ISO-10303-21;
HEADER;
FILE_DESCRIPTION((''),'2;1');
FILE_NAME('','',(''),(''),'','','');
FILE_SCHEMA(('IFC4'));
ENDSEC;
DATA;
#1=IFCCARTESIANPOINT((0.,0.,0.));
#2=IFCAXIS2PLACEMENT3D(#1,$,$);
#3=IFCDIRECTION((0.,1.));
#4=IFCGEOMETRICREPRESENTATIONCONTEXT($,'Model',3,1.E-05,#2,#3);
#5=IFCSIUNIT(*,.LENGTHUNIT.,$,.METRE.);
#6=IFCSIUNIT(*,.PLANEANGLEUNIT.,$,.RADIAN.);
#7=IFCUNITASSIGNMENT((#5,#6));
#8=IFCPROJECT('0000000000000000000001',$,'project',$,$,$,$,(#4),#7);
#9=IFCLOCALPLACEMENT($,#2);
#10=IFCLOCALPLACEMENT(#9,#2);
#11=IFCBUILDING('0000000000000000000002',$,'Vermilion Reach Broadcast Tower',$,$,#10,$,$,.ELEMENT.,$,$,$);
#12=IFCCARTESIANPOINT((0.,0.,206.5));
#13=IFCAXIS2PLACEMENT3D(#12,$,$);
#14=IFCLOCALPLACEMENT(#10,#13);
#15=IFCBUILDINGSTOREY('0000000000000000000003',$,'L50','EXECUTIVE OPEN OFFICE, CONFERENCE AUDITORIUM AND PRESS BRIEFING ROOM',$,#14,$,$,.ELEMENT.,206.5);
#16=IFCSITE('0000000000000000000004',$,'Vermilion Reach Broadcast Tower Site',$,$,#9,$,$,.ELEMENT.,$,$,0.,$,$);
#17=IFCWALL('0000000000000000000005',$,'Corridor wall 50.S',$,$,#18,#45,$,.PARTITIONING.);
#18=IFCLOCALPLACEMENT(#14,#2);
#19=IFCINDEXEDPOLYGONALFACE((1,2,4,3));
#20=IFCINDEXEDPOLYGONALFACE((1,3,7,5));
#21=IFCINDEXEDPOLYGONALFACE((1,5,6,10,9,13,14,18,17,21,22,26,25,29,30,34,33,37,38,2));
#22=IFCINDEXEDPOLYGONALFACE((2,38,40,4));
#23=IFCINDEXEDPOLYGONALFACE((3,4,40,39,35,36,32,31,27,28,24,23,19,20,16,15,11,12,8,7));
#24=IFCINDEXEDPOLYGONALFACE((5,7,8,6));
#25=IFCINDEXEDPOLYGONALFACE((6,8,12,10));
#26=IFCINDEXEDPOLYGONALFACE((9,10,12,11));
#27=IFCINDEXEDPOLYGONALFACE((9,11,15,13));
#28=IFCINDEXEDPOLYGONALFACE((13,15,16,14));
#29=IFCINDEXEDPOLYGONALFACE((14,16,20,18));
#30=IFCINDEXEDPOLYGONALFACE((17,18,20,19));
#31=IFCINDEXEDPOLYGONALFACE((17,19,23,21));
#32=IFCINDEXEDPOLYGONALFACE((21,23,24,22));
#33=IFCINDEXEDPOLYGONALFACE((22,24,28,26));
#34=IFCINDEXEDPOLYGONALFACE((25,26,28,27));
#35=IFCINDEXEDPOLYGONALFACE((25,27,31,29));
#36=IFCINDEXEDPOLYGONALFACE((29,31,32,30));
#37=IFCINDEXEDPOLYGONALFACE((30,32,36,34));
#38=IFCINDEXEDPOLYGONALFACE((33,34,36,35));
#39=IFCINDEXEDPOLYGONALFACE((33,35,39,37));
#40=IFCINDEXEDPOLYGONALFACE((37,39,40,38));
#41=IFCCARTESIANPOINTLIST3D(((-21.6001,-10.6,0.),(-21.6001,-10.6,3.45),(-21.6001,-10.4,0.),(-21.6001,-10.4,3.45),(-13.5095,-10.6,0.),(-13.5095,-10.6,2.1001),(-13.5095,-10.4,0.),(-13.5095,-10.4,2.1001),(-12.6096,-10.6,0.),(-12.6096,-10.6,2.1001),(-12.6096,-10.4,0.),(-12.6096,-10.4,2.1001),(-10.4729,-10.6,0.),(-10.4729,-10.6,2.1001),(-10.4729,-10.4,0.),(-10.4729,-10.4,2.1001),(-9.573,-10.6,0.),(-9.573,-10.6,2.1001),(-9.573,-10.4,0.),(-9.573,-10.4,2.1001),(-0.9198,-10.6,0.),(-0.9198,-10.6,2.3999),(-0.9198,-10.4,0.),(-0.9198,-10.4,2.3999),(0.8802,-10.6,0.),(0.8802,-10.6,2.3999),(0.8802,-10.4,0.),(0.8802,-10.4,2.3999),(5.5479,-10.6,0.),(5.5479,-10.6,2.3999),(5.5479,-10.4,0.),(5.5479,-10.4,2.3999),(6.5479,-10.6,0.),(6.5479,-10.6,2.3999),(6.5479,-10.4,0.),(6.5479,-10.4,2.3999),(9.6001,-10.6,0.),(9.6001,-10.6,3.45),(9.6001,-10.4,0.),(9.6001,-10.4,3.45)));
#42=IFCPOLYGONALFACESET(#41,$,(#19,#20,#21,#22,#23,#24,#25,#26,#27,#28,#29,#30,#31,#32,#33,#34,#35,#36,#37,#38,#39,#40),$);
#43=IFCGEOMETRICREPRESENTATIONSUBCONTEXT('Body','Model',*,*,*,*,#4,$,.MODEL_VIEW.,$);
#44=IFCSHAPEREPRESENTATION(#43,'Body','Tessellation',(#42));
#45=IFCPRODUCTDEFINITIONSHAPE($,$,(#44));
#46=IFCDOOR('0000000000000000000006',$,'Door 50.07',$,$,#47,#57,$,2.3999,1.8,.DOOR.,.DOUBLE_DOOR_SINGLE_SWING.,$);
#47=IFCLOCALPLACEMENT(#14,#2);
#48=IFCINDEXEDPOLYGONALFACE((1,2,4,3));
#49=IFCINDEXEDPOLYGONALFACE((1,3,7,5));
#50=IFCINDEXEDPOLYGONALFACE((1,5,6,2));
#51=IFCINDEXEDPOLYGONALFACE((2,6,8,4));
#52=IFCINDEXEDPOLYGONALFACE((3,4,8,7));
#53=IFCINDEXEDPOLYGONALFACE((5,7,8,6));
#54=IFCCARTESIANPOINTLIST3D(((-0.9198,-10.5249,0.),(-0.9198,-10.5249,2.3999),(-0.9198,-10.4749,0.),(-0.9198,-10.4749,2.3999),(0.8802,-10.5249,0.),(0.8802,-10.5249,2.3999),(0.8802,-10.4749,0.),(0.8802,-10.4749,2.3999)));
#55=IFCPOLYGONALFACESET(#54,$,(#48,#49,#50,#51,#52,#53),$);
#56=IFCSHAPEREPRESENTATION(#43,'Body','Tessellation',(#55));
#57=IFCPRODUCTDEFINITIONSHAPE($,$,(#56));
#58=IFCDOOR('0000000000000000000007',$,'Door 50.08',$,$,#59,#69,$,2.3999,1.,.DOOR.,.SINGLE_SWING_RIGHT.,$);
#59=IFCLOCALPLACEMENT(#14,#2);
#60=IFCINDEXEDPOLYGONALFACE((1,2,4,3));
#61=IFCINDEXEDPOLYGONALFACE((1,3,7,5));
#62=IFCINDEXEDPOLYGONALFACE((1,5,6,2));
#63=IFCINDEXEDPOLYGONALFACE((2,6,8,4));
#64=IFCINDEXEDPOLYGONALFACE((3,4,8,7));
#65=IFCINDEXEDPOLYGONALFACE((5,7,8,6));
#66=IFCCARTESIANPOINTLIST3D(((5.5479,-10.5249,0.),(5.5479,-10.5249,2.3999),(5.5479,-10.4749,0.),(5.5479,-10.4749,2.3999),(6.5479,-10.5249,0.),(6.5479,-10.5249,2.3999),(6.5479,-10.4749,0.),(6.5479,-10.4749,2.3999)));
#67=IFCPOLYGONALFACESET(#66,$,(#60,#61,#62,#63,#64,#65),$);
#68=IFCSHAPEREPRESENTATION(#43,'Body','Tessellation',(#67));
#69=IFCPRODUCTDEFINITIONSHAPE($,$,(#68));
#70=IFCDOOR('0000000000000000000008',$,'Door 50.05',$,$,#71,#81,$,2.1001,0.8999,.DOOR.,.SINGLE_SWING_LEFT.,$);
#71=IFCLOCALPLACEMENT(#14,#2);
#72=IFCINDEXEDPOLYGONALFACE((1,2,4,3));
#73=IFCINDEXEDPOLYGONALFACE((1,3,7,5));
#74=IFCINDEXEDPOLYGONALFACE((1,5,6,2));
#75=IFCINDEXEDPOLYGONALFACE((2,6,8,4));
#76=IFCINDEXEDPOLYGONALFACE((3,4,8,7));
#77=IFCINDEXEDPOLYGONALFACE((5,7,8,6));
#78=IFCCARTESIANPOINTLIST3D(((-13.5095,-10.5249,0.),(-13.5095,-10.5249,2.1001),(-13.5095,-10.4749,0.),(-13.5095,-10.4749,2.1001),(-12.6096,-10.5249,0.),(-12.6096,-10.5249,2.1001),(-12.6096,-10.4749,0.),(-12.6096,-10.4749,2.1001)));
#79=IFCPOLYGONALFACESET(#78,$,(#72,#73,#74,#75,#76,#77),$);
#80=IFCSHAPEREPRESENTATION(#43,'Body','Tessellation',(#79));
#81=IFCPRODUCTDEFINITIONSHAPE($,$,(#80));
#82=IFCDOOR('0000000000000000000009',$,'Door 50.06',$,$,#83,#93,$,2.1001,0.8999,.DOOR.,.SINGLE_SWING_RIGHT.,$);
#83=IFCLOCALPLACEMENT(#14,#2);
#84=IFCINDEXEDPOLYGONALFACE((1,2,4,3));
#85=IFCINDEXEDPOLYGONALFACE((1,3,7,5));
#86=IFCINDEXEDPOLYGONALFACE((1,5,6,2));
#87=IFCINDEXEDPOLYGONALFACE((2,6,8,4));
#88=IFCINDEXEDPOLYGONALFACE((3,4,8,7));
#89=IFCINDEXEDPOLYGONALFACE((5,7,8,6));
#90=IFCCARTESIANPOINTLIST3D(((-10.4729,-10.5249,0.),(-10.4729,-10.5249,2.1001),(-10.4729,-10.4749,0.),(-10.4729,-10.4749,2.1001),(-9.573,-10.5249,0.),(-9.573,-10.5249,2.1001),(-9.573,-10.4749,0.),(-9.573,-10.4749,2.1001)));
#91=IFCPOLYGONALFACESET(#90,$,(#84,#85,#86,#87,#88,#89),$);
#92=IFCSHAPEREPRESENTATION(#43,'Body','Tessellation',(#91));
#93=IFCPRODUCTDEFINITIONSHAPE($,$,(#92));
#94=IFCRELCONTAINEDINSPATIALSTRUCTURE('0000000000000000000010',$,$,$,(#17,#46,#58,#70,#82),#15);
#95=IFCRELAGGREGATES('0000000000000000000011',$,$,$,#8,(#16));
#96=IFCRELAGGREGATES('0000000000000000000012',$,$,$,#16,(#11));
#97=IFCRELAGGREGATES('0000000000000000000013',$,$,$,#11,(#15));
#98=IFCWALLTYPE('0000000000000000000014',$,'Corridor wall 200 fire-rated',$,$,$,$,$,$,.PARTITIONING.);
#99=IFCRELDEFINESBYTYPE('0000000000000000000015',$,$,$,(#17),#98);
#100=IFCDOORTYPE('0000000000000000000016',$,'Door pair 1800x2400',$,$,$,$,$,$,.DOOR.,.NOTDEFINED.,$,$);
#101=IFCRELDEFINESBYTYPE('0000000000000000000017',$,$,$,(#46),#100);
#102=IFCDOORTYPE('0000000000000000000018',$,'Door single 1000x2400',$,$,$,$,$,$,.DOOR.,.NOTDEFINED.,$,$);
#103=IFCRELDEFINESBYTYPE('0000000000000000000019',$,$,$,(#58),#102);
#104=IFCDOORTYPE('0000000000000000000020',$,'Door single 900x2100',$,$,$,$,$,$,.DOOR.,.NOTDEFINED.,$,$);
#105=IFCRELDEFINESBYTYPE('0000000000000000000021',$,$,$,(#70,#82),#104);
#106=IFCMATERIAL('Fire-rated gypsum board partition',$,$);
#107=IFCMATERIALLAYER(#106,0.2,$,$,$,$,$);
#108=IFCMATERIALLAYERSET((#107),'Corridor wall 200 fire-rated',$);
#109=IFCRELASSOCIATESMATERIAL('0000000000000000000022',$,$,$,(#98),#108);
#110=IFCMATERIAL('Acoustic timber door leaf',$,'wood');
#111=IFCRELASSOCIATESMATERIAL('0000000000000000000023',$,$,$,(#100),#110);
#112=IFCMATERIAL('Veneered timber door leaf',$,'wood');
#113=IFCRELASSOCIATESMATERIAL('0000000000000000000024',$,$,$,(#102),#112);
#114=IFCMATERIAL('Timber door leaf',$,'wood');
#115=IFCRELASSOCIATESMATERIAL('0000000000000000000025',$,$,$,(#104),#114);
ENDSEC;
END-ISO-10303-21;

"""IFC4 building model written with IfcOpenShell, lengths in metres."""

from ifc_helpers import new_model, si_unit, direction, frame, frame_2d, origin, place, context, subcontext, project, spatial, rectangle, extrude, material, layer, layer_set, type_object, element, fill, save


model = new_model("IFC4")

# Units and contexts
model_context = context("Model", 3, precision=1e-05, world=origin(), true_north=direction((0.0, 1.0)))
body_context = subcontext(model_context, "Body", "Model", "MODEL_VIEW")
ifc_project = project(units=[si_unit("LENGTHUNIT", "METRE"), si_unit("PLANEANGLEUNIT", "RADIAN")], contexts=[model_context])

# Site, building, storey
site_placement = place(None, origin())
site = spatial("IfcSite", under=ifc_project, at=site_placement, Name="Vermilion Reach Broadcast Tower Site", CompositionType="ELEMENT", RefElevation=0.0)
building_placement = place(site_placement, origin())
building = spatial("IfcBuilding", under=site, at=building_placement, Name="Vermilion Reach Broadcast Tower", CompositionType="ELEMENT")
storey_placement = place(building_placement, frame((0.0, 0.0, 206.5)))
storey = spatial("IfcBuildingStorey", under=building, at=storey_placement, Name="L50", Description="EXECUTIVE OPEN OFFICE, CONFERENCE AUDITORIUM AND PRESS BRIEFING ROOM", CompositionType="ELEMENT", Elevation=206.5)

# Wall, openings, doors
ifc_material_1 = material(Name="Fire-rated gypsum board partition")
ifc_layer_1 = layer(ifc_material_1, 0.2)
ifc_layer_set_1 = layer_set([ifc_layer_1], Name="Corridor wall 200 fire-rated")
wall_type_1 = type_object("IfcWallType", Name="Corridor wall 200 fire-rated", PredefinedType="PARTITIONING", material=ifc_layer_set_1)
wall_1_placement = place(storey_placement, frame((9.6001, -10.5, 0.0), z_axis=(0.0, 0.0, 1.0), x_axis=(-1.0, 0.0, 0.0)))
wall_1 = element("IfcWall", 1, at=wall_1_placement, inside=storey, type_object=wall_type_1, Name="Corridor wall 50.S", PredefinedType="PARTITIONING", context=body_context, shape_type="SweptSolid", body=[
    extrude(rectangle(XDim=31.2002, YDim=0.2, at=frame_2d((15.6001, 0.0))), origin(), (0.0, 0.0, 1.0), 3.45),
])
opening_1_placement = place(wall_1_placement, frame((22.2097, 0.0, 0.0)))
opening_1 = element("IfcOpeningElement", 2, at=opening_1_placement, cuts=wall_1, PredefinedType="OPENING", context=body_context, shape_type="SweptSolid", body=[
    extrude(rectangle(XDim=0.8999, YDim=2.1001, at=frame_2d((0.45, 1.05))), frame((0.0, 0.1099, 0.0), z_axis=(0.0, -1.0, 0.0), x_axis=(1.0, 0.0, 0.0)), (0.0, 0.0, 1.0), 0.22),
])
opening_2_placement = place(wall_1_placement, frame((19.1731, 0.0, 0.0)))
opening_2 = element("IfcOpeningElement", 3, at=opening_2_placement, cuts=wall_1, PredefinedType="OPENING", context=body_context, shape_type="SweptSolid", body=[
    extrude(rectangle(XDim=0.8999, YDim=2.1001, at=frame_2d((0.45, 1.05))), frame((0.0, 0.1099, 0.0), z_axis=(0.0, -1.0, 0.0), x_axis=(1.0, 0.0, 0.0)), (0.0, 0.0, 1.0), 0.22),
])
opening_3_placement = place(wall_1_placement, frame((8.72, 0.0, 0.0)))
opening_3 = element("IfcOpeningElement", 4, at=opening_3_placement, cuts=wall_1, PredefinedType="OPENING", context=body_context, shape_type="SweptSolid", body=[
    extrude(rectangle(XDim=1.8, YDim=2.3999, at=frame_2d((0.8999, 1.2))), frame((0.0, 0.1099, 0.0), z_axis=(0.0, -1.0, 0.0), x_axis=(1.0, 0.0, 0.0)), (0.0, 0.0, 1.0), 0.22),
])
opening_4_placement = place(wall_1_placement, frame((3.0522, 0.0, 0.0)))
opening_4 = element("IfcOpeningElement", 5, at=opening_4_placement, cuts=wall_1, PredefinedType="OPENING", context=body_context, shape_type="SweptSolid", body=[
    extrude(rectangle(XDim=1.0, YDim=2.3999, at=frame_2d((0.5, 1.2))), frame((0.0, 0.1099, 0.0), z_axis=(0.0, -1.0, 0.0), x_axis=(1.0, 0.0, 0.0)), (0.0, 0.0, 1.0), 0.22),
])
ifc_material_2 = material(Name="Acoustic timber door leaf", Category="wood")
door_type_1 = type_object("IfcDoorType", Name="Door pair 1800x2400", OperationType="NOTDEFINED", PredefinedType="DOOR", material=ifc_material_2)
door_1_placement = place(opening_3_placement, origin())
door_1 = element("IfcDoor", 6, at=door_1_placement, inside=storey, type_object=door_type_1, Name="Door 50.07", OperationType="DOUBLE_DOOR_SINGLE_SWING", OverallHeight=2.3999, OverallWidth=1.8, PredefinedType="DOOR", context=body_context, shape_type="SweptSolid", body=[
    extrude(rectangle(XDim=1.8, YDim=2.3999, at=frame_2d((0.8999, 1.2))), frame((0.0, 0.0249, 0.0), z_axis=(0.0, -1.0, 0.0), x_axis=(1.0, 0.0, 0.0)), (0.0, 0.0, 1.0), 0.05),
])
fill(opening_3, door_1)
ifc_material_3 = material(Name="Veneered timber door leaf", Category="wood")
door_type_2 = type_object("IfcDoorType", Name="Door single 1000x2400", OperationType="NOTDEFINED", PredefinedType="DOOR", material=ifc_material_3)
door_2_placement = place(opening_4_placement, origin())
door_2 = element("IfcDoor", 7, at=door_2_placement, inside=storey, type_object=door_type_2, Name="Door 50.08", OperationType="SINGLE_SWING_RIGHT", OverallHeight=2.3999, OverallWidth=1.0, PredefinedType="DOOR", context=body_context, shape_type="SweptSolid", body=[
    extrude(rectangle(XDim=1.0, YDim=2.3999, at=frame_2d((0.5, 1.2))), frame((0.0, 0.0249, 0.0), z_axis=(0.0, -1.0, 0.0), x_axis=(1.0, 0.0, 0.0)), (0.0, 0.0, 1.0), 0.05),
])
fill(opening_4, door_2)
ifc_material_4 = material(Name="Timber door leaf", Category="wood")
door_type_3 = type_object("IfcDoorType", Name="Door single 900x2100", OperationType="NOTDEFINED", PredefinedType="DOOR", material=ifc_material_4)
door_3_placement = place(opening_1_placement, origin())
door_3 = element("IfcDoor", 8, at=door_3_placement, inside=storey, type_object=door_type_3, Name="Door 50.05", OperationType="SINGLE_SWING_LEFT", OverallHeight=2.1001, OverallWidth=0.8999, PredefinedType="DOOR", context=body_context, shape_type="SweptSolid", body=[
    extrude(rectangle(XDim=0.8999, YDim=2.1001, at=frame_2d((0.45, 1.05))), frame((0.0, 0.0249, 0.0), z_axis=(0.0, -1.0, 0.0), x_axis=(1.0, 0.0, 0.0)), (0.0, 0.0, 1.0), 0.05),
])
fill(opening_1, door_3)
door_4_placement = place(opening_2_placement, origin())
door_4 = element("IfcDoor", 9, at=door_4_placement, inside=storey, type_object=door_type_3, Name="Door 50.06", OperationType="SINGLE_SWING_RIGHT", OverallHeight=2.1001, OverallWidth=0.8999, PredefinedType="DOOR", context=body_context, shape_type="SweptSolid", body=[
    extrude(rectangle(XDim=0.8999, YDim=2.1001, at=frame_2d((0.45, 1.05))), frame((0.0, 0.0249, 0.0), z_axis=(0.0, -1.0, 0.0), x_axis=(1.0, 0.0, 0.0)), (0.0, 0.0, 1.0), 0.05),
])
fill(opening_2, door_4)

save(model, "model.ifc")
